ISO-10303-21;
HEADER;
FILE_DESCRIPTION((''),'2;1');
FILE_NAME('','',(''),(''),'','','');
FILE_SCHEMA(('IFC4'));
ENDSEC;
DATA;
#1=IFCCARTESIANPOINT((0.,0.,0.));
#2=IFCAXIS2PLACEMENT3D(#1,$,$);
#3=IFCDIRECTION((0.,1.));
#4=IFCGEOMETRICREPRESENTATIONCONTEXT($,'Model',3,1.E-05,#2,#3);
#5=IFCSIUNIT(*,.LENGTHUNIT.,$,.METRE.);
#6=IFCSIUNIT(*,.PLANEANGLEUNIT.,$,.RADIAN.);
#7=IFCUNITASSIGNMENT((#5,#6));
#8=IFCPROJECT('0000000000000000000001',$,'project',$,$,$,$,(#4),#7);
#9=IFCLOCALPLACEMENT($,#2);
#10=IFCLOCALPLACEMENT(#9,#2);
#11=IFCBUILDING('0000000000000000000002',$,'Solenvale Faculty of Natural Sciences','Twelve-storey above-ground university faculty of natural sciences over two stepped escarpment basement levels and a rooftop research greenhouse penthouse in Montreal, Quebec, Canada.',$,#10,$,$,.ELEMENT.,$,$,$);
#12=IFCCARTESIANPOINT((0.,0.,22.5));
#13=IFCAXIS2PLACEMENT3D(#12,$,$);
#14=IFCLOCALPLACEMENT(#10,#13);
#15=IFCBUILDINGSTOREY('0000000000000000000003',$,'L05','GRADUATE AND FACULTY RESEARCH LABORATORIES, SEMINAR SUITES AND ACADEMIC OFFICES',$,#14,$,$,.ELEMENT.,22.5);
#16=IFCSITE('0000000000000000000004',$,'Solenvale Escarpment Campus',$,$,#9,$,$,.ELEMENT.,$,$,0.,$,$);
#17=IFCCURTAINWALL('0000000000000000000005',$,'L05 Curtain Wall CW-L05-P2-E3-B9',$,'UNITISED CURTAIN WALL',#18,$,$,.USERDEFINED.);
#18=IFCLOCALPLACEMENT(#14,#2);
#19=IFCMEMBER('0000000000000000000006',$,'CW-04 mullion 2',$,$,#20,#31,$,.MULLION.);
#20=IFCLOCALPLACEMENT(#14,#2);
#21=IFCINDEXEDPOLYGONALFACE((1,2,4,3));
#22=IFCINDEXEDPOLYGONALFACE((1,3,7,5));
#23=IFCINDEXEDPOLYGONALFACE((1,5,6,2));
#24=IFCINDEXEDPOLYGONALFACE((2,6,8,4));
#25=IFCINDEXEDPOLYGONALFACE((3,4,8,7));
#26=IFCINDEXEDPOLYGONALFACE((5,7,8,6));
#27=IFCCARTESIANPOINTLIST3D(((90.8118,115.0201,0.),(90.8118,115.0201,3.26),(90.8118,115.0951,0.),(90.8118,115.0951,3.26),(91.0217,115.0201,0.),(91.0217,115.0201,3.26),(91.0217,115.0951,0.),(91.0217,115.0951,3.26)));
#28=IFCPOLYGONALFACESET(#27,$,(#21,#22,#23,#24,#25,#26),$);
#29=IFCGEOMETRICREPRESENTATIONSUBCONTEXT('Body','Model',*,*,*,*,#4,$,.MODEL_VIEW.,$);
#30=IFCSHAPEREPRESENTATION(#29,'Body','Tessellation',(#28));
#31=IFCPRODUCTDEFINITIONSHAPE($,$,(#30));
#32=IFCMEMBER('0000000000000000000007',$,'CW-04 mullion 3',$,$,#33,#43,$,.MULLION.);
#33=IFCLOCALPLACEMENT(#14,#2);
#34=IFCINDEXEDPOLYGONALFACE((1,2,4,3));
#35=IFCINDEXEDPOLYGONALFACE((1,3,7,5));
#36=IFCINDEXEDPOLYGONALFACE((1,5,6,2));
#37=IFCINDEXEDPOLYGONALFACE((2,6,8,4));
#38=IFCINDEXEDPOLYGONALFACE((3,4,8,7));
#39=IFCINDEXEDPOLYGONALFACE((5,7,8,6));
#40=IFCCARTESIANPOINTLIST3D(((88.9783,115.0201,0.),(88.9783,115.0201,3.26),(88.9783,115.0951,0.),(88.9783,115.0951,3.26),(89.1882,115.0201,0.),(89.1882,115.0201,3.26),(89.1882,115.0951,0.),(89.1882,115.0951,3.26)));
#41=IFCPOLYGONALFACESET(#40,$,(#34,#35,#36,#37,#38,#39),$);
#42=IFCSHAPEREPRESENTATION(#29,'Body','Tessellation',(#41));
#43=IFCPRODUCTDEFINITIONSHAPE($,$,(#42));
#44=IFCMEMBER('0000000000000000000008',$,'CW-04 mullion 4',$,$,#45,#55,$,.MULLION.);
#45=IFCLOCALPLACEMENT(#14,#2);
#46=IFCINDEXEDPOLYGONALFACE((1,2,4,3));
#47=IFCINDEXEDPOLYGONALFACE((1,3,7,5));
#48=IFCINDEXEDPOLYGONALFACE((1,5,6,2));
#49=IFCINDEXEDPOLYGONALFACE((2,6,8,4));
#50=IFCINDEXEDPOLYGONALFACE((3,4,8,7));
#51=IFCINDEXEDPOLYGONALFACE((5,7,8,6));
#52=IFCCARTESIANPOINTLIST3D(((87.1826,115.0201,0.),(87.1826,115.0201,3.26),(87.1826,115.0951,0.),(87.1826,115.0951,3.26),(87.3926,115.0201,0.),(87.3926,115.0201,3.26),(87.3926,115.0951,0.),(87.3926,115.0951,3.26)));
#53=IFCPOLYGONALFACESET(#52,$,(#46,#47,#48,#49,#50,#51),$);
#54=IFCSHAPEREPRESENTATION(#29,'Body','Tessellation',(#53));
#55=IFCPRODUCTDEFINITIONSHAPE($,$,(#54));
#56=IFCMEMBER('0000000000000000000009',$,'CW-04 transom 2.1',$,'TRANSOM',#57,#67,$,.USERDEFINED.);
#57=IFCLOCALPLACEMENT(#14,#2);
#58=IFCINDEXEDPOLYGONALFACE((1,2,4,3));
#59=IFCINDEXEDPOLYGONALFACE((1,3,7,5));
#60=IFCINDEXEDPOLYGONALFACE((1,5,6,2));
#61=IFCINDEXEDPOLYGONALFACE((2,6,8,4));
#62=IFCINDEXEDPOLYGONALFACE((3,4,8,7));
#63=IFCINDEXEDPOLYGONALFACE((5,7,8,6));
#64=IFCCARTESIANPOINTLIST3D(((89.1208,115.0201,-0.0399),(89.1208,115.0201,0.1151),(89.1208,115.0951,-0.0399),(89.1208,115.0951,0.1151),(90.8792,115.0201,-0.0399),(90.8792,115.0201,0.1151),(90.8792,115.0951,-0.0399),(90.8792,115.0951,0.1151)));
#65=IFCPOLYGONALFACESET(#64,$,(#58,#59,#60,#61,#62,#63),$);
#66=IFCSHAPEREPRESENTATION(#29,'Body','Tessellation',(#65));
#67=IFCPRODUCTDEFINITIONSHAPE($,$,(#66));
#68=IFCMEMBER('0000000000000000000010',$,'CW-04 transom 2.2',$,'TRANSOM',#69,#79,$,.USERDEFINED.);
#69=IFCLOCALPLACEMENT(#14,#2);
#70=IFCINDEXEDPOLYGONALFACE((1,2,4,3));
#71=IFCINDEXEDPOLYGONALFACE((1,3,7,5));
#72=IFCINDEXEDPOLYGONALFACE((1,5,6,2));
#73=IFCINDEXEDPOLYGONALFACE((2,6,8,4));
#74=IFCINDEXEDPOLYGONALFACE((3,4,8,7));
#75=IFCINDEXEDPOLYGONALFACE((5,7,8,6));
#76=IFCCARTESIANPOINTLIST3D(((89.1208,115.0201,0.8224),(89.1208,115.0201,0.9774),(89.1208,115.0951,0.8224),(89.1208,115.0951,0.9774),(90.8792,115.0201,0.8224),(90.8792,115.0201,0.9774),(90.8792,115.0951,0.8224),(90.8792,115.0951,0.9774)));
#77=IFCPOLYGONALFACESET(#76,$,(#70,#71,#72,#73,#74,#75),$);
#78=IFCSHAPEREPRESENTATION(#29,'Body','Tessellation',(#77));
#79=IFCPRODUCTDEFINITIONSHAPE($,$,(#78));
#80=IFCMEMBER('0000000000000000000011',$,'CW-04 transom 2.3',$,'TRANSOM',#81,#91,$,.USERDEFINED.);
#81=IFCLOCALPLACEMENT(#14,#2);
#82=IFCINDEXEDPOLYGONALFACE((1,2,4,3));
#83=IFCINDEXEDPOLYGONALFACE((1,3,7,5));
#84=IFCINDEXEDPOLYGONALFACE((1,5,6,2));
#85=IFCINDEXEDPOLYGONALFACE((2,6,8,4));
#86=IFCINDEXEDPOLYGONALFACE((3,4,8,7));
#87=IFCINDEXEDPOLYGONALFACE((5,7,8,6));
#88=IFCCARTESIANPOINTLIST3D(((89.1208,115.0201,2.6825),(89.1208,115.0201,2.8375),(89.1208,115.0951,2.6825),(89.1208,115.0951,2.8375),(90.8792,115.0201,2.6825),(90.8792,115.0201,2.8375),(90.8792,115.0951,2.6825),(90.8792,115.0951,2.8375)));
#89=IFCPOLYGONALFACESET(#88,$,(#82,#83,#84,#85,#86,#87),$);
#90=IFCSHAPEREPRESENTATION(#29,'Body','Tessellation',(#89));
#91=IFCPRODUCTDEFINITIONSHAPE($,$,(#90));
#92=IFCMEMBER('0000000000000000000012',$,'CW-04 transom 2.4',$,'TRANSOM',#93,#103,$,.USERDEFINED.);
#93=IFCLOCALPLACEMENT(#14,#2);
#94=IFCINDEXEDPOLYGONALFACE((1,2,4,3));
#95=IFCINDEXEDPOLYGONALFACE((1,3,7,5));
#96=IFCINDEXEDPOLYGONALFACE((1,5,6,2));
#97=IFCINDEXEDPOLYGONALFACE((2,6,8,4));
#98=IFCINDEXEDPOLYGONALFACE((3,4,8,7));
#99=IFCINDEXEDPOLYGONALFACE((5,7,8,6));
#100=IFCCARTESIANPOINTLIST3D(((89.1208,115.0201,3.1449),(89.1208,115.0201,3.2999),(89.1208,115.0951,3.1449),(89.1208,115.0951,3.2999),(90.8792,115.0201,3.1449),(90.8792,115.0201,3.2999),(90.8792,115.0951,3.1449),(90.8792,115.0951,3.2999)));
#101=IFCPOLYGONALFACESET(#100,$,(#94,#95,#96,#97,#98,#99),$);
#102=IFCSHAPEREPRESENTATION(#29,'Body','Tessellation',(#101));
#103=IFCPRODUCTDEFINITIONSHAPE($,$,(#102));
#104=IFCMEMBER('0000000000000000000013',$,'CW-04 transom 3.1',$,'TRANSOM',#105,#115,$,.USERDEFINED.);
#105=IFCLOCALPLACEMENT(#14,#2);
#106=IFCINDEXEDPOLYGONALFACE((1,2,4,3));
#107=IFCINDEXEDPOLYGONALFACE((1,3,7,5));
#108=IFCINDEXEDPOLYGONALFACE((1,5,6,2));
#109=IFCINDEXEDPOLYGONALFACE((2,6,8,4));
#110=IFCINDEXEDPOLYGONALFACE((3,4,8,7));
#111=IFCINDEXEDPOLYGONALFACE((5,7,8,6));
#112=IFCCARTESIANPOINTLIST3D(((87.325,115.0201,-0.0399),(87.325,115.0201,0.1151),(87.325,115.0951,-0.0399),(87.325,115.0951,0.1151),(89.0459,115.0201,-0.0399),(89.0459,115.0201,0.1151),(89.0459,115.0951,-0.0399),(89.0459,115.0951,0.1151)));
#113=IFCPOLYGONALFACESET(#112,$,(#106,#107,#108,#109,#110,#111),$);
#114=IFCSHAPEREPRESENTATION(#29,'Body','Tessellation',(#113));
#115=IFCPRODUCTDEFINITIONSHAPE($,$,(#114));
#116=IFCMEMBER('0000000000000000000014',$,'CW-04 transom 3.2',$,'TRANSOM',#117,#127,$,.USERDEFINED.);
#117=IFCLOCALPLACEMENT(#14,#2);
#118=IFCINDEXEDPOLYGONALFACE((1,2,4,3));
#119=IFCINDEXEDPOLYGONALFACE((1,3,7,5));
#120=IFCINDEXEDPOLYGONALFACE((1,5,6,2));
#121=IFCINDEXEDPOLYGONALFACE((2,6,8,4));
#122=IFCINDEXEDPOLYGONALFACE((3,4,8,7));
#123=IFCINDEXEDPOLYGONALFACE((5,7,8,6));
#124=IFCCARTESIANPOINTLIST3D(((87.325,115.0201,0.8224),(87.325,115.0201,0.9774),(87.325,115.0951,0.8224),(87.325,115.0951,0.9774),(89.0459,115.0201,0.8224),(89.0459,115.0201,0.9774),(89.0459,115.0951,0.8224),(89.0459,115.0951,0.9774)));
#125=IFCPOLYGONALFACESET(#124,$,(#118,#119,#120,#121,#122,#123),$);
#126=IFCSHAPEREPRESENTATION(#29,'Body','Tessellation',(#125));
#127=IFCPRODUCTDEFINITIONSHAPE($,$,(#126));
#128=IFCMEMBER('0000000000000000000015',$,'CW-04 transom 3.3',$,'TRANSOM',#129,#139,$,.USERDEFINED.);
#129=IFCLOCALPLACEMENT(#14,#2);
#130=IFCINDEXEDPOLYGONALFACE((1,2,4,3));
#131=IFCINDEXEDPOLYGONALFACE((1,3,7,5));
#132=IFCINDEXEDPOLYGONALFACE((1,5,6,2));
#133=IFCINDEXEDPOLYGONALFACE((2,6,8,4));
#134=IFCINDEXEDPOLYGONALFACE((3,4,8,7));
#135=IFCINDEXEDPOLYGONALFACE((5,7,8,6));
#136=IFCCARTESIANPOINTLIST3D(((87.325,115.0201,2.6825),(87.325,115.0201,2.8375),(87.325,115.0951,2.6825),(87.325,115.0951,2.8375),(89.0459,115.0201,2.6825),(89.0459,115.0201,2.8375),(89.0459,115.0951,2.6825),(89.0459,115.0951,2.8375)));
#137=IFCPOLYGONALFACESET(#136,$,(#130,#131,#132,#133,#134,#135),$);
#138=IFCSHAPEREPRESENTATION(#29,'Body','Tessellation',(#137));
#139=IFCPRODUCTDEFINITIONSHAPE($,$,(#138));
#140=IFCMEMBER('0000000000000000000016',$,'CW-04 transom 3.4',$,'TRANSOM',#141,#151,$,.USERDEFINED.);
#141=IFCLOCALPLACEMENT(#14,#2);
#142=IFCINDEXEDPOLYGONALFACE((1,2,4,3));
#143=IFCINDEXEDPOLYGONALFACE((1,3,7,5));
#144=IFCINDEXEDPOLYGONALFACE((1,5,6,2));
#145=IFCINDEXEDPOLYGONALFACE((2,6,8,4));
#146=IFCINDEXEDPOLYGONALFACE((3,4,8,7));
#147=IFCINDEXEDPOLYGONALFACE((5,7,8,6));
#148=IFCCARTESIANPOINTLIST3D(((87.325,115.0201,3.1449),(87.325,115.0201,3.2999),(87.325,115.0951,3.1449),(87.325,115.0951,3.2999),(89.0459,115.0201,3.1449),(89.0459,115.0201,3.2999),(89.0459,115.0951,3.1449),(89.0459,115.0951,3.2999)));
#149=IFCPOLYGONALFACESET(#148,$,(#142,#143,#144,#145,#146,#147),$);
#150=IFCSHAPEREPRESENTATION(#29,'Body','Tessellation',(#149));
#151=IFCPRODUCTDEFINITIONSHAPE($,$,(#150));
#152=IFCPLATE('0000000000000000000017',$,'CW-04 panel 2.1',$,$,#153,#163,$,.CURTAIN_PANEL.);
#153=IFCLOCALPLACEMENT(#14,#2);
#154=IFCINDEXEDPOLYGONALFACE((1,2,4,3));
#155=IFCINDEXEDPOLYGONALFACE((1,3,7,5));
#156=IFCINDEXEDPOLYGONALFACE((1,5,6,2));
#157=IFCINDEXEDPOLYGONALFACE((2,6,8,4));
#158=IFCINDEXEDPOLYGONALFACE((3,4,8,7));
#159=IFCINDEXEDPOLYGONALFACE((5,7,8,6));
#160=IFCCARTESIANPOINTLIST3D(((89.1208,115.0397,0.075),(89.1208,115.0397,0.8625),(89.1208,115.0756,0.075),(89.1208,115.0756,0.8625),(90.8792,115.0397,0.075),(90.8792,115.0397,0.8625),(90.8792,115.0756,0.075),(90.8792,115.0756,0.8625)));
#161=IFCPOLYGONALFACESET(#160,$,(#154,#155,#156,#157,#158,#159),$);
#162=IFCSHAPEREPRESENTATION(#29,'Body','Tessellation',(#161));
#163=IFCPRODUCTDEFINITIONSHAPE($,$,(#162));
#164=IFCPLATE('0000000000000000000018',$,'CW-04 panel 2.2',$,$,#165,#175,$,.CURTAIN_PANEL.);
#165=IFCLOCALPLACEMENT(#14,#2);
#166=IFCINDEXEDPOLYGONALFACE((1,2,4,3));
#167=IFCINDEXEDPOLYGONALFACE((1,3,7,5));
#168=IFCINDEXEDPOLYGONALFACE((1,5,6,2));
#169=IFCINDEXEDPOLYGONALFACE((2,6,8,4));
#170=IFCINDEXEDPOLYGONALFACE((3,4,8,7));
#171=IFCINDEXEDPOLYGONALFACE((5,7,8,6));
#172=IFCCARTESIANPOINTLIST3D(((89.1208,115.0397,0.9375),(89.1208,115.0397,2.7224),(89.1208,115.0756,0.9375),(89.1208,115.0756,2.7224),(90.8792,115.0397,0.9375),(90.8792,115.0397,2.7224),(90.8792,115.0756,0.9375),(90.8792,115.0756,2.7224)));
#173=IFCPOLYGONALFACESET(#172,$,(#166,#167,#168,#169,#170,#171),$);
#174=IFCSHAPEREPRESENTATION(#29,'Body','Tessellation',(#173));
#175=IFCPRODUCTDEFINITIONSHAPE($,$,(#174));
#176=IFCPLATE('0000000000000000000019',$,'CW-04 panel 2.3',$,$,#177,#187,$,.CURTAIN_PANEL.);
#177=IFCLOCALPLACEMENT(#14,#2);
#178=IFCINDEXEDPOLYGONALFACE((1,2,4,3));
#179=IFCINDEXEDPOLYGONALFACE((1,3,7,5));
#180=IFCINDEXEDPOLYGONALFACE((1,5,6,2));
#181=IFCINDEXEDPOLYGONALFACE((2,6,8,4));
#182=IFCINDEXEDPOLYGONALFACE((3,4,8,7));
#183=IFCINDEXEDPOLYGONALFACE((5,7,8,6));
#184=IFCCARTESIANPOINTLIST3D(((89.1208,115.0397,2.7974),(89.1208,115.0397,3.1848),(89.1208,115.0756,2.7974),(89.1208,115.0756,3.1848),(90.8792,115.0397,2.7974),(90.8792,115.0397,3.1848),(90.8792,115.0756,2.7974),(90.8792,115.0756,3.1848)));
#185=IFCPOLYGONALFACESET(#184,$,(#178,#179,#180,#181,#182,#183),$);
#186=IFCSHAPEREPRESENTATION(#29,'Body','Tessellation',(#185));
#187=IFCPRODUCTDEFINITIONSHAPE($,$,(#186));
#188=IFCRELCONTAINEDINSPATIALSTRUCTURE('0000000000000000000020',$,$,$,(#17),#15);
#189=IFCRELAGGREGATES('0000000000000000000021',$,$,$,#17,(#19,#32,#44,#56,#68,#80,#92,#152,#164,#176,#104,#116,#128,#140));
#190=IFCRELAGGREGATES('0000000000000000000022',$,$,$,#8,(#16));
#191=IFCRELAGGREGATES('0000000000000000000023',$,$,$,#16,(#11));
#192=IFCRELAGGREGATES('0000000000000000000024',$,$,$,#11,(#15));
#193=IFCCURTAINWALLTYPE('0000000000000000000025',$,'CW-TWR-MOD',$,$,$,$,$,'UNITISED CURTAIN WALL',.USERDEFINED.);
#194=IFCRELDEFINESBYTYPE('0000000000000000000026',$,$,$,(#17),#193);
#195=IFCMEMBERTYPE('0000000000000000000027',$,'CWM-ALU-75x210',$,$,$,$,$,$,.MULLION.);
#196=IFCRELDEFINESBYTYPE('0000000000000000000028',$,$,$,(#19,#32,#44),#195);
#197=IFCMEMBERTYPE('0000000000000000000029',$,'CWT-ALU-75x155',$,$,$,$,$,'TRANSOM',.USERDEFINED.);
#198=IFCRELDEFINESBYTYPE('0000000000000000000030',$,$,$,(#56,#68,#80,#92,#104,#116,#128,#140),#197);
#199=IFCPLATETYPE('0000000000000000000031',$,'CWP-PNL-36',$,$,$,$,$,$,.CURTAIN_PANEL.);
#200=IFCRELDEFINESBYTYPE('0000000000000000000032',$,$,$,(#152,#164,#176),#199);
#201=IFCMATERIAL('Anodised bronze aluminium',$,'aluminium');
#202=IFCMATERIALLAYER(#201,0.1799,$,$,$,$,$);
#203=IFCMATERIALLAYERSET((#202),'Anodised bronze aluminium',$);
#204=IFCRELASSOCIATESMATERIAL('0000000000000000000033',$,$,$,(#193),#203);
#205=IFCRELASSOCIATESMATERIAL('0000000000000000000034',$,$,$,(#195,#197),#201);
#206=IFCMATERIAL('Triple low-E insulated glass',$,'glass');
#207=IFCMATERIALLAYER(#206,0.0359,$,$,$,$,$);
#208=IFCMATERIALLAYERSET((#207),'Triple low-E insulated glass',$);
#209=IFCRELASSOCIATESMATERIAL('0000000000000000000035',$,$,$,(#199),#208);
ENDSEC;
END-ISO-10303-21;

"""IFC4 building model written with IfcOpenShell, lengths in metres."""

from ifc_helpers import new_model, si_unit, direction, frame, origin, origin_2d, place, context, subcontext, project, spatial, rectangle, extrude, material, layer, layer_set, material_profile, profile_set, type_object, element, aggregate, save


model = new_model("IFC4")

# Units and contexts
model_context = context("Model", 3, precision=1e-05, world=origin(), true_north=direction((0.0, 1.0)))
body_context = subcontext(model_context, "Body", "Model", "MODEL_VIEW")
ifc_project = project(units=[si_unit("LENGTHUNIT", "METRE"), si_unit("PLANEANGLEUNIT", "RADIAN")], contexts=[model_context])

# Site, building, storey
site_placement = place(None, origin())
site = spatial("IfcSite", under=ifc_project, at=site_placement, Name="Solenvale Escarpment Campus", CompositionType="ELEMENT", RefElevation=0.0)
building_placement = place(site_placement, origin())
building = spatial("IfcBuilding", under=site, at=building_placement, Name="Solenvale Faculty of Natural Sciences", Description="Twelve-storey above-ground university faculty of natural sciences over two stepped escarpment basement levels and a rooftop research greenhouse penthouse in Montreal, Quebec, Canada.", CompositionType="ELEMENT")
storey_placement = place(building_placement, frame((0.0, 0.0, 22.5)))
storey = spatial("IfcBuildingStorey", under=building, at=storey_placement, Name="L05", Description="GRADUATE AND FACULTY RESEARCH LABORATORIES, SEMINAR SUITES AND ACADEMIC OFFICES", CompositionType="ELEMENT", Elevation=22.5)

# Curtain wall, members, plates
ifc_material_1 = material(Name="Anodised bronze aluminium", Category="aluminium")
ifc_layer_1 = layer(ifc_material_1, 0.1799)
ifc_layer_set_1 = layer_set([ifc_layer_1], Name="Anodised bronze aluminium")
curtain_wall_type = type_object("IfcCurtainWallType", Name="CW-TWR-MOD", ElementType="UNITISED CURTAIN WALL", PredefinedType="USERDEFINED", material=ifc_layer_set_1)
curtain_wall_placement = place(storey_placement, origin())
curtain_wall = element("IfcCurtainWall", 1, at=curtain_wall_placement, inside=storey, type_object=curtain_wall_type, Name="L05 Curtain Wall CW-L05-P2-E3-B9", ObjectType="UNITISED CURTAIN WALL", PredefinedType="USERDEFINED")
ifc_material_profile_1 = material_profile(ifc_material_1, rectangle(XDim=0.075, YDim=0.21, at=origin_2d()), Name="ALU-MUL-75x210")
ifc_profile_set_1 = profile_set([ifc_material_profile_1], Name="Anodised bronze aluminium")
member_type_1 = type_object("IfcMemberType", Name="CWM-ALU-75x210", PredefinedType="MULLION", material=ifc_profile_set_1)
member_1_placement = place(storey_placement, frame((90.9167, 115.0576, 0.0), z_axis=(0.0, 0.0, 1.0), x_axis=(0.0, -1.0, 0.0)))
member_1 = element("IfcMember", 2, at=member_1_placement, type_object=member_type_1, Name="CW-04 mullion 2", PredefinedType="MULLION", context=body_context, shape_type="SweptSolid", body=[
    extrude(rectangle(XDim=0.075, YDim=0.21, at=origin_2d()), origin(), (0.0, 0.0, 1.0), 3.26),
])
member_2_placement = place(storey_placement, frame((89.0833, 115.0576, 0.0), z_axis=(0.0, 0.0, 1.0), x_axis=(0.0, -1.0, 0.0)))
member_2 = element("IfcMember", 3, at=member_2_placement, type_object=member_type_1, Name="CW-04 mullion 3", PredefinedType="MULLION", context=body_context, shape_type="SweptSolid", body=[
    extrude(rectangle(XDim=0.075, YDim=0.21, at=origin_2d()), origin(), (0.0, 0.0, 1.0), 3.26),
])
member_3_placement = place(storey_placement, frame((87.2876, 115.0576, 0.0), z_axis=(0.0, 0.0, 1.0), x_axis=(0.0, -1.0, 0.0)))
member_3 = element("IfcMember", 4, at=member_3_placement, type_object=member_type_1, Name="CW-04 mullion 4", PredefinedType="MULLION", context=body_context, shape_type="SweptSolid", body=[
    extrude(rectangle(XDim=0.075, YDim=0.21, at=origin_2d()), origin(), (0.0, 0.0, 1.0), 3.26),
])
ifc_material_profile_2 = material_profile(ifc_material_1, rectangle(XDim=0.075, YDim=0.155, at=origin_2d()), Name="ALU-TRN-75x155")
ifc_profile_set_2 = profile_set([ifc_material_profile_2], Name="Anodised bronze aluminium")
member_type_2 = type_object("IfcMemberType", Name="CWT-ALU-75x155", ElementType="TRANSOM", PredefinedType="USERDEFINED", material=ifc_profile_set_2)
member_4_placement = place(storey_placement, frame((90.8792, 115.0576, 0.0376), z_axis=(-1.0, 0.0, 0.0), x_axis=(0.0, -1.0, 0.0)))
member_4 = element("IfcMember", 5, at=member_4_placement, type_object=member_type_2, Name="CW-04 transom 2.1", ObjectType="TRANSOM", PredefinedType="USERDEFINED", context=body_context, shape_type="SweptSolid", body=[
    extrude(rectangle(XDim=0.075, YDim=0.155, at=origin_2d()), origin(), (0.0, 0.0, 1.0), 1.7583),
])
member_5_placement = place(storey_placement, frame((90.8792, 115.0576, 0.8999), z_axis=(-1.0, 0.0, 0.0), x_axis=(0.0, -1.0, 0.0)))
member_5 = element("IfcMember", 6, at=member_5_placement, type_object=member_type_2, Name="CW-04 transom 2.2", ObjectType="TRANSOM", PredefinedType="USERDEFINED", context=body_context, shape_type="SweptSolid", body=[
    extrude(rectangle(XDim=0.075, YDim=0.155, at=origin_2d()), origin(), (0.0, 0.0, 1.0), 1.7583),
])
member_6_placement = place(storey_placement, frame((90.8792, 115.0576, 2.76), z_axis=(-1.0, 0.0, 0.0), x_axis=(0.0, -1.0, 0.0)))
member_6 = element("IfcMember", 7, at=member_6_placement, type_object=member_type_2, Name="CW-04 transom 2.3", ObjectType="TRANSOM", PredefinedType="USERDEFINED", context=body_context, shape_type="SweptSolid", body=[
    extrude(rectangle(XDim=0.075, YDim=0.155, at=origin_2d()), origin(), (0.0, 0.0, 1.0), 1.7583),
])
member_7_placement = place(storey_placement, frame((90.8792, 115.0576, 3.2224), z_axis=(-1.0, 0.0, 0.0), x_axis=(0.0, -1.0, 0.0)))
member_7 = element("IfcMember", 8, at=member_7_placement, type_object=member_type_2, Name="CW-04 transom 2.4", ObjectType="TRANSOM", PredefinedType="USERDEFINED", context=body_context, shape_type="SweptSolid", body=[
    extrude(rectangle(XDim=0.075, YDim=0.155, at=origin_2d()), origin(), (0.0, 0.0, 1.0), 1.7583),
])
member_8_placement = place(storey_placement, frame((89.0459, 115.0576, 0.0376), z_axis=(-1.0, 0.0, 0.0), x_axis=(0.0, -1.0, 0.0)))
member_8 = element("IfcMember", 9, at=member_8_placement, type_object=member_type_2, Name="CW-04 transom 3.1", ObjectType="TRANSOM", PredefinedType="USERDEFINED", context=body_context, shape_type="SweptSolid", body=[
    extrude(rectangle(XDim=0.075, YDim=0.155, at=origin_2d()), origin(), (0.0, 0.0, 1.0), 1.7209),
])
member_9_placement = place(storey_placement, frame((89.0459, 115.0576, 0.8999), z_axis=(-1.0, 0.0, 0.0), x_axis=(0.0, -1.0, 0.0)))
member_9 = element("IfcMember", 10, at=member_9_placement, type_object=member_type_2, Name="CW-04 transom 3.2", ObjectType="TRANSOM", PredefinedType="USERDEFINED", context=body_context, shape_type="SweptSolid", body=[
    extrude(rectangle(XDim=0.075, YDim=0.155, at=origin_2d()), origin(), (0.0, 0.0, 1.0), 1.7209),
])
member_10_placement = place(storey_placement, frame((89.0459, 115.0576, 2.76), z_axis=(-1.0, 0.0, 0.0), x_axis=(0.0, -1.0, 0.0)))
member_10 = element("IfcMember", 11, at=member_10_placement, type_object=member_type_2, Name="CW-04 transom 3.3", ObjectType="TRANSOM", PredefinedType="USERDEFINED", context=body_context, shape_type="SweptSolid", body=[
    extrude(rectangle(XDim=0.075, YDim=0.155, at=origin_2d()), origin(), (0.0, 0.0, 1.0), 1.7209),
])
member_11_placement = place(storey_placement, frame((89.0459, 115.0576, 3.2224), z_axis=(-1.0, 0.0, 0.0), x_axis=(0.0, -1.0, 0.0)))
member_11 = element("IfcMember", 12, at=member_11_placement, type_object=member_type_2, Name="CW-04 transom 3.4", ObjectType="TRANSOM", PredefinedType="USERDEFINED", context=body_context, shape_type="SweptSolid", body=[
    extrude(rectangle(XDim=0.075, YDim=0.155, at=origin_2d()), origin(), (0.0, 0.0, 1.0), 1.7209),
])
ifc_material_2 = material(Name="Triple low-E insulated glass", Category="glass")
ifc_layer_2 = layer(ifc_material_2, 0.0359)
ifc_layer_set_2 = layer_set([ifc_layer_2], Name="Triple low-E insulated glass")
plate_type = type_object("IfcPlateType", Name="CWP-PNL-36", PredefinedType="CURTAIN_PANEL", material=ifc_layer_set_2)
plate_1_placement = place(storey_placement, frame((90.0, 115.0576, 0.075), z_axis=(0.0, 0.0, 1.0), x_axis=(-1.0, 0.0, 0.0)))
plate_1 = element("IfcPlate", 13, at=plate_1_placement, type_object=plate_type, Name="CW-04 panel 2.1", PredefinedType="CURTAIN_PANEL", context=body_context, shape_type="SweptSolid", body=[
    extrude(rectangle(XDim=1.7583, YDim=0.0359, at=origin_2d()), origin(), (0.0, 0.0, 1.0), 0.7876),
])
plate_2_placement = place(storey_placement, frame((90.0, 115.0576, 0.9375), z_axis=(0.0, 0.0, 1.0), x_axis=(-1.0, 0.0, 0.0)))
plate_2 = element("IfcPlate", 14, at=plate_2_placement, type_object=plate_type, Name="CW-04 panel 2.2", PredefinedType="CURTAIN_PANEL", context=body_context, shape_type="SweptSolid", body=[
    extrude(rectangle(XDim=1.7583, YDim=0.0359, at=origin_2d()), origin(), (0.0, 0.0, 1.0), 1.7849),
])
plate_3_placement = place(storey_placement, frame((90.0, 115.0576, 2.7974), z_axis=(0.0, 0.0, 1.0), x_axis=(-1.0, 0.0, 0.0)))
plate_3 = element("IfcPlate", 15, at=plate_3_placement, type_object=plate_type, Name="CW-04 panel 2.3", PredefinedType="CURTAIN_PANEL", context=body_context, shape_type="SweptSolid", body=[
    extrude(rectangle(XDim=1.7583, YDim=0.0359, at=origin_2d()), origin(), (0.0, 0.0, 1.0), 0.3875),
])
aggregate(curtain_wall, [member_1, member_2, member_3, member_4, member_5, member_6, member_7, plate_1, plate_2, plate_3, member_8, member_9, member_10, member_11])

save(model, "model.ifc")
